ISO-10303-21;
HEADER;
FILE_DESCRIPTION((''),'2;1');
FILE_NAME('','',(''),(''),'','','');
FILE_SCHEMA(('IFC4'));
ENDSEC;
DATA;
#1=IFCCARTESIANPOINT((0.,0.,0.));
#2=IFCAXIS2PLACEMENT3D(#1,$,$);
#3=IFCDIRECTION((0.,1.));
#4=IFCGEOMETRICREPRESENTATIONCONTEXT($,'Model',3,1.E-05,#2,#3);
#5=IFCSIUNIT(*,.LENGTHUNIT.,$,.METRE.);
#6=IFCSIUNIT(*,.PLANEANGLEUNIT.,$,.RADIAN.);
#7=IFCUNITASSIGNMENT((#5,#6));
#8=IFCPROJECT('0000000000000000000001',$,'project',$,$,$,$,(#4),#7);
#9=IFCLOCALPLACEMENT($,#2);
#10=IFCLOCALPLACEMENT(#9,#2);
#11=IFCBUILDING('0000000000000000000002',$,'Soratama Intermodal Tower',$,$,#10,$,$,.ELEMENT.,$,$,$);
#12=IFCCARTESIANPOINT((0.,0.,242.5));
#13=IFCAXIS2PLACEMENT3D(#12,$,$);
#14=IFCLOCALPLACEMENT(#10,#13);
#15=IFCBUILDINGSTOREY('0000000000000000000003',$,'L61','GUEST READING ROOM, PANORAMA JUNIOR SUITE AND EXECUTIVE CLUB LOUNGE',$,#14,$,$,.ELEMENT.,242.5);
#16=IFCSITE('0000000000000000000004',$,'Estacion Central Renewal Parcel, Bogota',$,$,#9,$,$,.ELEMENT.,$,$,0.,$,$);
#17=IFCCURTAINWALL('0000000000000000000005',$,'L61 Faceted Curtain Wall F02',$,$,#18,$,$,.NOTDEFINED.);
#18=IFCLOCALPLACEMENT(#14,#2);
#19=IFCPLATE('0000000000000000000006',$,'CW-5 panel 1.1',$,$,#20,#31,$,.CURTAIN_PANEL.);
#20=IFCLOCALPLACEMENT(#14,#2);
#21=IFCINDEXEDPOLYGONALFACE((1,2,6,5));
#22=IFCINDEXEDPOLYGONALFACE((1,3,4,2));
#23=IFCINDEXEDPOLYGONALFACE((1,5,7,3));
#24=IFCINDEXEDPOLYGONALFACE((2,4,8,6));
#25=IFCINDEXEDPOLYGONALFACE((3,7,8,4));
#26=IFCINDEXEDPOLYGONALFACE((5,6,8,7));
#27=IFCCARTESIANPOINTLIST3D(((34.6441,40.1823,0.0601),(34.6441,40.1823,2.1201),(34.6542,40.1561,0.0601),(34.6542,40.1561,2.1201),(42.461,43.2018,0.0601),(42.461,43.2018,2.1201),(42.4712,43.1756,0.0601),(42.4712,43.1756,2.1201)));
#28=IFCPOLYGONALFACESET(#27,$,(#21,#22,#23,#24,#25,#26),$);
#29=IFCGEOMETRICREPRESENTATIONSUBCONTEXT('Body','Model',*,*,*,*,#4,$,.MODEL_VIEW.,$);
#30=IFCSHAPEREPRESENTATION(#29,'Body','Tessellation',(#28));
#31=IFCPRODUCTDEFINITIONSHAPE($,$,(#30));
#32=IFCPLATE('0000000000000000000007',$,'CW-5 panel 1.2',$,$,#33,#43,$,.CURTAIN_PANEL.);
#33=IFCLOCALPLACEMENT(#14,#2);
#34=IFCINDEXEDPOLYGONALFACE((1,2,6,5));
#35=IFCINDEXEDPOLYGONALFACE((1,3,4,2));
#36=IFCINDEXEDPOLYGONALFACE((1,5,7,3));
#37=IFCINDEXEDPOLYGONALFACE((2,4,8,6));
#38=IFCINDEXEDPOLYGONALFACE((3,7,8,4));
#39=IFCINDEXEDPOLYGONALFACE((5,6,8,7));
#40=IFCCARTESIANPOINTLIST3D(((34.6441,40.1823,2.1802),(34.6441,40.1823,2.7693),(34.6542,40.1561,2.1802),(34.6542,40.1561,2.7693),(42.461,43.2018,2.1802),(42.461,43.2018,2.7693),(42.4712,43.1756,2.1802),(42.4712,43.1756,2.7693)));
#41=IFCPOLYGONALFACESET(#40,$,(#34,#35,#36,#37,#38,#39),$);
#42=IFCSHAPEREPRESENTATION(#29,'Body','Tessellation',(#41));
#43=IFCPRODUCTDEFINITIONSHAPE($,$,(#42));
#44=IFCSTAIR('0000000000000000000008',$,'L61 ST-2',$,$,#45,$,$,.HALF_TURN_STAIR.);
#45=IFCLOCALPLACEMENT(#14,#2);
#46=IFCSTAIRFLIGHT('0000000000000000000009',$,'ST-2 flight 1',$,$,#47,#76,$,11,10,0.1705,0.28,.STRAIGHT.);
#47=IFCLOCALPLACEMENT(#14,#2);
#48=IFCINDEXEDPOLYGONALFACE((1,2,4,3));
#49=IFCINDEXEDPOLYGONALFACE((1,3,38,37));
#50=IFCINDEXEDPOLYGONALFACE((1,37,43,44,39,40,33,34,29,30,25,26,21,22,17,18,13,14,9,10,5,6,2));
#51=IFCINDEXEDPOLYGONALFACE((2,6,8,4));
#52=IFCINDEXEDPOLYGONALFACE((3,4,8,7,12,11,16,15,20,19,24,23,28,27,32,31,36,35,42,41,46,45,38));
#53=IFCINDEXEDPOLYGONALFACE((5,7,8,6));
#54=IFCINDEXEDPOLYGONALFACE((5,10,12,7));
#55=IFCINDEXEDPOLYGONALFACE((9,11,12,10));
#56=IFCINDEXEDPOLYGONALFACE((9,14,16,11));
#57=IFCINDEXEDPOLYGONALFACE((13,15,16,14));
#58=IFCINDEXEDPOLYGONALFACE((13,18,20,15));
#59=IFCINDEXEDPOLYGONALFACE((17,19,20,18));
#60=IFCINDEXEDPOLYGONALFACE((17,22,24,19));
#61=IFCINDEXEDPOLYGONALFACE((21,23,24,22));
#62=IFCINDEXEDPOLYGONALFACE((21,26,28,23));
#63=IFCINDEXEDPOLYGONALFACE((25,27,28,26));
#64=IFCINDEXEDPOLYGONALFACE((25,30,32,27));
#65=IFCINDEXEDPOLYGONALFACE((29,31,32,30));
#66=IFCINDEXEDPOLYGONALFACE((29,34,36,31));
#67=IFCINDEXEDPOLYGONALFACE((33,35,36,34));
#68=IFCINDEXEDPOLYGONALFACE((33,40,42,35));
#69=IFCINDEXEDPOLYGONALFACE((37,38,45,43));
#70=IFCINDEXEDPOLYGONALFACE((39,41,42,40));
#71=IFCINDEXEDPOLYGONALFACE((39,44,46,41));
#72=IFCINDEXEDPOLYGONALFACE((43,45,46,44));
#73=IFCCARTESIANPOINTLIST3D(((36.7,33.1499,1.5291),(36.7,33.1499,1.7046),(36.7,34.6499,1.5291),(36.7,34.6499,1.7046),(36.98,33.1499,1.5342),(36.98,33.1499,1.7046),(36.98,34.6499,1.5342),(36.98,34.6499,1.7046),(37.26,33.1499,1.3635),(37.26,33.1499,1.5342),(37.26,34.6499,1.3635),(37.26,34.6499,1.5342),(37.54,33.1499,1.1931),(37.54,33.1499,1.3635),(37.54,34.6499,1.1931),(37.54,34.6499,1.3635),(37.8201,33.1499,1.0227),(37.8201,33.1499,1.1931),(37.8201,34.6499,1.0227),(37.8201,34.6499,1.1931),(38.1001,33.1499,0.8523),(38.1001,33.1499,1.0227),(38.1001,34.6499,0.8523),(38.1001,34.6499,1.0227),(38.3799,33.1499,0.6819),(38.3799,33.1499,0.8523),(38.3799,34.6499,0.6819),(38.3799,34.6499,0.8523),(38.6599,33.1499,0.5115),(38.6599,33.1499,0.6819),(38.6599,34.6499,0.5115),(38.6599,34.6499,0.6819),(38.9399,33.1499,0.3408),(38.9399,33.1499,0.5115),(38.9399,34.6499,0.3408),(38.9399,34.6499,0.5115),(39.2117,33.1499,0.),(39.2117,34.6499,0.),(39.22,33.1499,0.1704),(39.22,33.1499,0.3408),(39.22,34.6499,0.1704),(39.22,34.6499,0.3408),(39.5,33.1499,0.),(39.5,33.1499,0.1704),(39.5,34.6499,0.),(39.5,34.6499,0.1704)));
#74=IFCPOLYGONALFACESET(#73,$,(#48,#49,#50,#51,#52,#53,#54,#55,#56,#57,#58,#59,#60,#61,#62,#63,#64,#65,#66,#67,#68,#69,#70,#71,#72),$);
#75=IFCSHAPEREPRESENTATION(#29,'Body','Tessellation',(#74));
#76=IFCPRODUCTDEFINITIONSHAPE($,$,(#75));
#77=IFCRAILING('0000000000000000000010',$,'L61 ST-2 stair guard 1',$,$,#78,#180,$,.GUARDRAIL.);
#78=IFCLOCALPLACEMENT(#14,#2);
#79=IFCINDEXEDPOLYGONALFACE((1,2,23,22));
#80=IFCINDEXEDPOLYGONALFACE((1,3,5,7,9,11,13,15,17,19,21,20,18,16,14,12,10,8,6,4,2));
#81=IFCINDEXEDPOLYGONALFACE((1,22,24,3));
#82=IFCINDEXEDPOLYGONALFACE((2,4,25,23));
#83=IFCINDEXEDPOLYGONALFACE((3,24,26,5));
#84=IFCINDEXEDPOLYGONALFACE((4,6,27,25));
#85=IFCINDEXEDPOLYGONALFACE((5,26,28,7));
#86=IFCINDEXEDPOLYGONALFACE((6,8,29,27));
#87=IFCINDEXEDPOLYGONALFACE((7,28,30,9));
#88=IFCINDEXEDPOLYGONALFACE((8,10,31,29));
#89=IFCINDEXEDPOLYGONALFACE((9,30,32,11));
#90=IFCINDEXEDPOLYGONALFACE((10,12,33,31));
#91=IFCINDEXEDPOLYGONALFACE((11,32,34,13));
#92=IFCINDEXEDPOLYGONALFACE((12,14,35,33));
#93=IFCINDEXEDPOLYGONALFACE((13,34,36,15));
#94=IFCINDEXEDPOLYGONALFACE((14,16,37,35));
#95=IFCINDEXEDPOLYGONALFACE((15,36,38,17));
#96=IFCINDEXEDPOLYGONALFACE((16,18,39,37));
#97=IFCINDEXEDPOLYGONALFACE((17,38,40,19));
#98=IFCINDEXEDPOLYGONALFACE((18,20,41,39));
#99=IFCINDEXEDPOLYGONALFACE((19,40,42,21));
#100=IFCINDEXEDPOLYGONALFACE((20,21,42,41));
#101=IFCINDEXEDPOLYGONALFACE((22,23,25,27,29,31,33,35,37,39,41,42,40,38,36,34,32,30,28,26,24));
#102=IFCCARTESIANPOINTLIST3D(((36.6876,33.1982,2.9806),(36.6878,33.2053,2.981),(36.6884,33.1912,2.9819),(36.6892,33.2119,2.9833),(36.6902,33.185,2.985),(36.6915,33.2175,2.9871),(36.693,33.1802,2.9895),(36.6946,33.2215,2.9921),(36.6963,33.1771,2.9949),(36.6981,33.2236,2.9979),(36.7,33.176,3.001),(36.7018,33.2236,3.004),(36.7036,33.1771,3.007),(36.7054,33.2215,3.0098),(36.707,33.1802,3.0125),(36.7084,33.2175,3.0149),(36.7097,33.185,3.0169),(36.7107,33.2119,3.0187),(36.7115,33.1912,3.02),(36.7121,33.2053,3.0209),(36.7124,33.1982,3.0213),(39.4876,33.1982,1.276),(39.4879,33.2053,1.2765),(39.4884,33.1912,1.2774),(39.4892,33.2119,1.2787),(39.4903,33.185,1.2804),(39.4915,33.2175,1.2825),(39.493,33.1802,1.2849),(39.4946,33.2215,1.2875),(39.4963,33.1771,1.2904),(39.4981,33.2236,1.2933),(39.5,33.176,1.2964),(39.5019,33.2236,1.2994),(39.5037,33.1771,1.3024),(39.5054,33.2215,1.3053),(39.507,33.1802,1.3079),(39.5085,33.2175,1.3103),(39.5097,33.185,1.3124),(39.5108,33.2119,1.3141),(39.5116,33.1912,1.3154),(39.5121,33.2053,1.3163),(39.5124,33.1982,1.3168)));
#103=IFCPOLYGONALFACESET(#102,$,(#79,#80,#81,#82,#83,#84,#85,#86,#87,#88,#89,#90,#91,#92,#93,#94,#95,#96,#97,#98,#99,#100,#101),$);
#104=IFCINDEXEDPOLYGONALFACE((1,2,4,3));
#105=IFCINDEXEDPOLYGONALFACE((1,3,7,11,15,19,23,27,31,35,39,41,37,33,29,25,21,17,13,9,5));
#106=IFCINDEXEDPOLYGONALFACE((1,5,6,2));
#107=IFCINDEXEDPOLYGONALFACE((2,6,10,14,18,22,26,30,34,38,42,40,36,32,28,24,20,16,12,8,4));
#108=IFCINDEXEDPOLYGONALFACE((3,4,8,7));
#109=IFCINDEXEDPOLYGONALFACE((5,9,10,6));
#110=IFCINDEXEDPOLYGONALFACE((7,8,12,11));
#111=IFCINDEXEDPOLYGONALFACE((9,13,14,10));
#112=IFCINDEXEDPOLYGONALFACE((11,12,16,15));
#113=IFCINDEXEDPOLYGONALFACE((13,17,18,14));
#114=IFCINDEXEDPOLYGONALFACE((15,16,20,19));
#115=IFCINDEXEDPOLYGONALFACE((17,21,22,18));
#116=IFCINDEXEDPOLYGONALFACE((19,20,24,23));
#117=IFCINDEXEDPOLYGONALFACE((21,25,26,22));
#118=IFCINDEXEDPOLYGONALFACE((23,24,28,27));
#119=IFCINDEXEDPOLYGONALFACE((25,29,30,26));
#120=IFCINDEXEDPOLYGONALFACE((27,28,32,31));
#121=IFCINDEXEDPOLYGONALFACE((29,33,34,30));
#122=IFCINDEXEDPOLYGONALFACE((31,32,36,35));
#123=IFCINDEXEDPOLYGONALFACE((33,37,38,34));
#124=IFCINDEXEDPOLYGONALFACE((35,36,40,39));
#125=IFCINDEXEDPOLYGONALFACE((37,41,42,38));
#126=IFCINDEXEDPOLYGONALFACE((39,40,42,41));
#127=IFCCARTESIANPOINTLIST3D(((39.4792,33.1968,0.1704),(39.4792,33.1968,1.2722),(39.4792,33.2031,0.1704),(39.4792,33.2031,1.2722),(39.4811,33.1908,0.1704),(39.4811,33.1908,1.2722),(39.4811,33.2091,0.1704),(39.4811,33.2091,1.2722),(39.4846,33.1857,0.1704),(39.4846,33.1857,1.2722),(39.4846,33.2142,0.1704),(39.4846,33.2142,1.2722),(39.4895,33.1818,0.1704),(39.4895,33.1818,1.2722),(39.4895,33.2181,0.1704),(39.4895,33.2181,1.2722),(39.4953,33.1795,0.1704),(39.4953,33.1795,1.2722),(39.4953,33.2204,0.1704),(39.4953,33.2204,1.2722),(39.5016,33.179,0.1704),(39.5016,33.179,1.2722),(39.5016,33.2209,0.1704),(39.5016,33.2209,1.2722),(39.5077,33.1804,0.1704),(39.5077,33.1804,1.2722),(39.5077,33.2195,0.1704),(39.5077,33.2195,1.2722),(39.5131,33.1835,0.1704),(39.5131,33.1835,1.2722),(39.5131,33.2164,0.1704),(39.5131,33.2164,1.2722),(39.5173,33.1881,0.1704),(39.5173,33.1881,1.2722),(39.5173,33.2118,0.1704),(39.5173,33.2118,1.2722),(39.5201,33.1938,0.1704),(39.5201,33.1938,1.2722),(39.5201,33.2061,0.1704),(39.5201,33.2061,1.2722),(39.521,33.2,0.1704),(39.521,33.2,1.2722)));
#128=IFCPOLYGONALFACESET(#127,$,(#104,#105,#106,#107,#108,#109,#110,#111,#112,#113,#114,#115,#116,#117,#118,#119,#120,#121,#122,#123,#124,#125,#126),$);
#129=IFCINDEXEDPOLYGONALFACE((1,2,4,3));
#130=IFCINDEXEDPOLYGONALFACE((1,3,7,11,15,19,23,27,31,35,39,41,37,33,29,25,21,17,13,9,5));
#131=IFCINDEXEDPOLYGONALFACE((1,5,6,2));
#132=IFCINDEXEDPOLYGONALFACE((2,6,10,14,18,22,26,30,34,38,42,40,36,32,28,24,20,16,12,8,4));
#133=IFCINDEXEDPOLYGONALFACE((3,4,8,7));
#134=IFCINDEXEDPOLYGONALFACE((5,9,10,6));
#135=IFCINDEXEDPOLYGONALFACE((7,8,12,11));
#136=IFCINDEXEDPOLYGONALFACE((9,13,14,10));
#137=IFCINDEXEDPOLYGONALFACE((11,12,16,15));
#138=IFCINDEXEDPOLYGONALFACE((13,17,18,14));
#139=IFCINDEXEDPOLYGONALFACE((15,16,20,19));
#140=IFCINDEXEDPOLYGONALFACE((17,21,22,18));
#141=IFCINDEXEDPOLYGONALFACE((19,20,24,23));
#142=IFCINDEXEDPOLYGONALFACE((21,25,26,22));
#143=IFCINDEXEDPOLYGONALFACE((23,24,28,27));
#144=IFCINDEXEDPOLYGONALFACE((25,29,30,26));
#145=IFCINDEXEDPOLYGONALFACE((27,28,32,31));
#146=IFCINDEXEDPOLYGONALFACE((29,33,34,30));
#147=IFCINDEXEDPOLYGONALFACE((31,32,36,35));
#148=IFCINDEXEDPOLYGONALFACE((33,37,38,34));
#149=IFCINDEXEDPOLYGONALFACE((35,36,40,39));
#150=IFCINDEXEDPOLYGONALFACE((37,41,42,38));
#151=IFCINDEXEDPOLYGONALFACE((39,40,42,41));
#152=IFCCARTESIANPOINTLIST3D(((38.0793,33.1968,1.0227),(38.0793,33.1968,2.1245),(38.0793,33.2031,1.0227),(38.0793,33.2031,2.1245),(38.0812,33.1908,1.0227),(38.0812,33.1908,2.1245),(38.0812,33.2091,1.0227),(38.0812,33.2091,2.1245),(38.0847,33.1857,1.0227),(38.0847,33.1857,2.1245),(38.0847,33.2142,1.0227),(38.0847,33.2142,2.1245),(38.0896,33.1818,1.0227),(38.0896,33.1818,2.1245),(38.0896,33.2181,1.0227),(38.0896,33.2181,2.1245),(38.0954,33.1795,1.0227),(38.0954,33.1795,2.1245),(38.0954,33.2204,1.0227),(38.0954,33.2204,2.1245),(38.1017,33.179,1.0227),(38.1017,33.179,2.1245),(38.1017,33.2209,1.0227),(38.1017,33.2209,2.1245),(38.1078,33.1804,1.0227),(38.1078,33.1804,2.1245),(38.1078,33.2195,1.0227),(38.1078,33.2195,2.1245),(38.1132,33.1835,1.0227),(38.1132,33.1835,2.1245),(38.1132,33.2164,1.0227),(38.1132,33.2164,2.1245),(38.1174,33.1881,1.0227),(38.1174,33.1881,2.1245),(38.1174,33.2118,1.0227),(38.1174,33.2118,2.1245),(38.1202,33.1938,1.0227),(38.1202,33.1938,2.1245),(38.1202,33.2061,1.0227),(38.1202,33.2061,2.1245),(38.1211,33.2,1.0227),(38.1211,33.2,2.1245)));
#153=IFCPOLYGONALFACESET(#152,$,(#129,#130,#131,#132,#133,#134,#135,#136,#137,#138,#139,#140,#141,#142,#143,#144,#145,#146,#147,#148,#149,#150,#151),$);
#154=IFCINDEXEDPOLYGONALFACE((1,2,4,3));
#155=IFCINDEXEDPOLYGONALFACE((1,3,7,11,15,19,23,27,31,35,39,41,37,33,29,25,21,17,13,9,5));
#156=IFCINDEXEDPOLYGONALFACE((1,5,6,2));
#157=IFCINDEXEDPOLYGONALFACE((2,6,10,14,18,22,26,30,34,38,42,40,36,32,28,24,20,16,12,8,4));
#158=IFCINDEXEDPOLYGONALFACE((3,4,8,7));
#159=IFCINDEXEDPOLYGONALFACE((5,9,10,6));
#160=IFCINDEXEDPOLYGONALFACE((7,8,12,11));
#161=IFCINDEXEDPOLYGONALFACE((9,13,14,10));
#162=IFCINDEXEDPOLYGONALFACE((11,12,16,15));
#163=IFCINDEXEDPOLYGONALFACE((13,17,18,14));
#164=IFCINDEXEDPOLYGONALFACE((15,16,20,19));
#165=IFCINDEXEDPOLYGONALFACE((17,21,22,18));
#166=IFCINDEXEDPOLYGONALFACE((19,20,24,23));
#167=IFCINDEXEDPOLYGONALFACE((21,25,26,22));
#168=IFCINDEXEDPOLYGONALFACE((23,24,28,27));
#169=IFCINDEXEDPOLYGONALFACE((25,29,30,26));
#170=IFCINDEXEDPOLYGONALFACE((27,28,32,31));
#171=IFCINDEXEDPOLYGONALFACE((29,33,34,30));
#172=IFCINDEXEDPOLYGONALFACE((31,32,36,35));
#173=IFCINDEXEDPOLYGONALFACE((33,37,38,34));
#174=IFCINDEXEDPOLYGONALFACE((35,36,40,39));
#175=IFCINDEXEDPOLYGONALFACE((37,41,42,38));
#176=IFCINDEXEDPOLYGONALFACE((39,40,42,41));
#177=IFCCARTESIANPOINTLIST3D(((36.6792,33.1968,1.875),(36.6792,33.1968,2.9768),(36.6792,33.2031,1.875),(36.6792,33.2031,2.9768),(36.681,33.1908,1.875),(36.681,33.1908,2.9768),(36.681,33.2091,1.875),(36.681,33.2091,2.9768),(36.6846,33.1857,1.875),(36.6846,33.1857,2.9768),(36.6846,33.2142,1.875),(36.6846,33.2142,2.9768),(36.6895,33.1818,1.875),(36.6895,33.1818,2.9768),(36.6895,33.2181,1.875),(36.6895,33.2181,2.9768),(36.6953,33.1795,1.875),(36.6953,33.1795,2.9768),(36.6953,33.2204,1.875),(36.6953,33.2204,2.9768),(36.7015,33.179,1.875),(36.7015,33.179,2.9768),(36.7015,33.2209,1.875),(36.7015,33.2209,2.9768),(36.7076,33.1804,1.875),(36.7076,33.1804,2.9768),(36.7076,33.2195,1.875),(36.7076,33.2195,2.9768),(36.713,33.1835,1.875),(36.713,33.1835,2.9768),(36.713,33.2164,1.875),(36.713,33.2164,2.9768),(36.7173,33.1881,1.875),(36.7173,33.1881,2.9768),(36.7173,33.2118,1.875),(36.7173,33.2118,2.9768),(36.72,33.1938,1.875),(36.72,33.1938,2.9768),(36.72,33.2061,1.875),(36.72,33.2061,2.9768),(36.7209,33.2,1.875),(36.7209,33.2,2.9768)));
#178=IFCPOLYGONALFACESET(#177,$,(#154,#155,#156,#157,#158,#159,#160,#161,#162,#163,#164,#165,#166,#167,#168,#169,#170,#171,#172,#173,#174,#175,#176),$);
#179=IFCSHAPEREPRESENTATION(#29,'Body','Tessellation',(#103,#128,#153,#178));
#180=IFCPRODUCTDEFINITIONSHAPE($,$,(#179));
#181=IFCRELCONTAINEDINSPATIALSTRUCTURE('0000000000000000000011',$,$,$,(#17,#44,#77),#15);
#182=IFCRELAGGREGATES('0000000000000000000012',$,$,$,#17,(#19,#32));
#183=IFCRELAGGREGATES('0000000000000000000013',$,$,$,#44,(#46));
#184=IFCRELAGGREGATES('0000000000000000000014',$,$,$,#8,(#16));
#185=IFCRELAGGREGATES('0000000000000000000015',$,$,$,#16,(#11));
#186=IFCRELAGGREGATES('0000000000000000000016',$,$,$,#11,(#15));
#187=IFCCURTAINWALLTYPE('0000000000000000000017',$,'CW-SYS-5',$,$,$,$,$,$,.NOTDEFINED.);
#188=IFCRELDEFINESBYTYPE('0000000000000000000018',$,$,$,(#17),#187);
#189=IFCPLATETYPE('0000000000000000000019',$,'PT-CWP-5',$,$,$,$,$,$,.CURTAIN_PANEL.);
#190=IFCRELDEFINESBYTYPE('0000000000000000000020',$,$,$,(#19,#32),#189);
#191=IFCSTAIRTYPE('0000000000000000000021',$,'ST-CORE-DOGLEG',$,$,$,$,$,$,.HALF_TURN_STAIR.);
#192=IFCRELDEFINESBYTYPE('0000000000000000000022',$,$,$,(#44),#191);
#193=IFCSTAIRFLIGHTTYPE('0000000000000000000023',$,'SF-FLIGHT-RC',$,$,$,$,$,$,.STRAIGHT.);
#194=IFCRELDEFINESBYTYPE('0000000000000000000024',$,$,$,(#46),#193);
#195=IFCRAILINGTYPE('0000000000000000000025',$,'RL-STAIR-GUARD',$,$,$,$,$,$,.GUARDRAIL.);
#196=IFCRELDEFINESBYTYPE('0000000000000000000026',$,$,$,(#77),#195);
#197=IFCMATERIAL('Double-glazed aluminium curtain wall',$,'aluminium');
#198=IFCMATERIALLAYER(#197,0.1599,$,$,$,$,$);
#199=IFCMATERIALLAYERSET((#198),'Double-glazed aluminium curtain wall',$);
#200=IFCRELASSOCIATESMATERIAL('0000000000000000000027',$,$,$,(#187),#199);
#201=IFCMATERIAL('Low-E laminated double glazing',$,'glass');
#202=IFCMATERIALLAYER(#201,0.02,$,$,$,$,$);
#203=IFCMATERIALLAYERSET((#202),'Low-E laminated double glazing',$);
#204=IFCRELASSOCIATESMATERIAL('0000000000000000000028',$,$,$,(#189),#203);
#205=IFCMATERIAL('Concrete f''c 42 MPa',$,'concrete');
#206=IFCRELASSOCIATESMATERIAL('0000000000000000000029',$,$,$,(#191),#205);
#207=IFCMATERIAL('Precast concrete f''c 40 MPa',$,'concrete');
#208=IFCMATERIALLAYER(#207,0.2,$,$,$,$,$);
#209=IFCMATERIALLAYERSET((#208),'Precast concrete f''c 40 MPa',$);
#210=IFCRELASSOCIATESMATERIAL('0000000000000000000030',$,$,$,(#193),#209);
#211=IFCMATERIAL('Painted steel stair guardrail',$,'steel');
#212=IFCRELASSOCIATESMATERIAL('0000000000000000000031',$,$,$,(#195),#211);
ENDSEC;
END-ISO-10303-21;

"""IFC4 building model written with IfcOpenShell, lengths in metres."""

from ifc_helpers import new_model, si_unit, direction, frame, origin, origin_2d, place, context, subcontext, project, spatial, polyline, rectangle, circle, outline, extrude, material, layer, layer_set, type_object, element, aggregate, save


model = new_model("IFC4")

# Units and contexts
model_context = context("Model", 3, precision=1e-05, world=origin(), true_north=direction((0.0, 1.0)))
body_context = subcontext(model_context, "Body", "Model", "MODEL_VIEW")
ifc_project = project(units=[si_unit("LENGTHUNIT", "METRE"), si_unit("PLANEANGLEUNIT", "RADIAN")], contexts=[model_context])

# Site, building, storey
site_placement = place(None, origin())
site = spatial("IfcSite", under=ifc_project, at=site_placement, Name="Estacion Central Renewal Parcel, Bogota", CompositionType="ELEMENT", RefElevation=0.0)
building_placement = place(site_placement, origin())
building = spatial("IfcBuilding", under=site, at=building_placement, Name="Soratama Intermodal Tower", CompositionType="ELEMENT")
storey_placement = place(building_placement, frame((0.0, 0.0, 242.5)))
storey = spatial("IfcBuildingStorey", under=building, at=storey_placement, Name="L61", Description="GUEST READING ROOM, PANORAMA JUNIOR SUITE AND EXECUTIVE CLUB LOUNGE", CompositionType="ELEMENT", Elevation=242.5)

# Curtain wall, plates
ifc_material_1 = material(Name="Double-glazed aluminium curtain wall", Category="aluminium")
ifc_layer_1 = layer(ifc_material_1, 0.1599)
ifc_layer_set_1 = layer_set([ifc_layer_1], Name="Double-glazed aluminium curtain wall")
curtain_wall_type = type_object("IfcCurtainWallType", Name="CW-SYS-5", PredefinedType="NOTDEFINED", material=ifc_layer_set_1)
curtain_wall_placement = place(storey_placement, origin())
curtain_wall = element("IfcCurtainWall", 1, at=curtain_wall_placement, inside=storey, type_object=curtain_wall_type, Name="L61 Faceted Curtain Wall F02", PredefinedType="NOTDEFINED")
ifc_material_2 = material(Name="Low-E laminated double glazing", Category="glass")
ifc_layer_2 = layer(ifc_material_2, 0.02)
ifc_layer_set_2 = layer_set([ifc_layer_2], Name="Low-E laminated double glazing")
plate_type = type_object("IfcPlateType", Name="PT-CWP-5", PredefinedType="CURTAIN_PANEL", material=ifc_layer_set_2)
plate_1_placement = place(storey_placement, frame((38.5576, 41.679, 0.0601), z_axis=(0.0, 0.0, 1.0), x_axis=(-0.932826, -0.360328, 0.0)))
plate_1 = element("IfcPlate", 2, at=plate_1_placement, type_object=plate_type, Name="CW-5 panel 1.1", PredefinedType="CURTAIN_PANEL", context=body_context, shape_type="SweptSolid", body=[
    extrude(rectangle(XDim=8.3799, YDim=0.0281, at=origin_2d()), origin(), (0.0, 0.0, 1.0), 2.0601),
])
plate_2_placement = place(storey_placement, frame((38.5576, 41.679, 2.1802), z_axis=(0.0, 0.0, 1.0), x_axis=(-0.932826, -0.360328, 0.0)))
plate_2 = element("IfcPlate", 3, at=plate_2_placement, type_object=plate_type, Name="CW-5 panel 1.2", PredefinedType="CURTAIN_PANEL", context=body_context, shape_type="SweptSolid", body=[
    extrude(rectangle(XDim=8.3799, YDim=0.0281, at=origin_2d()), origin(), (0.0, 0.0, 1.0), 0.5891),
])
aggregate(curtain_wall, [plate_1, plate_2])

# Stair, stair flight
ifc_material_3 = material(Name="Concrete f'c 42 MPa", Category="concrete")
stair_type = type_object("IfcStairType", Name="ST-CORE-DOGLEG", PredefinedType="HALF_TURN_STAIR", material=ifc_material_3)
stair_placement = place(storey_placement, origin())
stair = element("IfcStair", 4, at=stair_placement, inside=storey, type_object=stair_type, Name="L61 ST-2", PredefinedType="HALF_TURN_STAIR")
ifc_material_4 = material(Name="Precast concrete f'c 40 MPa", Category="concrete")
ifc_layer_3 = layer(ifc_material_4, 0.2)
ifc_layer_set_3 = layer_set([ifc_layer_3], Name="Precast concrete f'c 40 MPa")
stair_flight_type = type_object("IfcStairFlightType", Name="SF-FLIGHT-RC", PredefinedType="STRAIGHT", material=ifc_layer_set_3)
stair_flight_placement = place(storey_placement, frame((39.5, 33.8999, 0.0), z_axis=(0.0, 0.0, 1.0), x_axis=(-1.0, 0.0, 0.0)))
stair_flight = element("IfcStairFlight", 5, at=stair_flight_placement, type_object=stair_flight_type, Name="ST-2 flight 1", NumberOfRisers=11, NumberOfTreads=10, PredefinedType="STRAIGHT", RiserHeight=0.1705, TreadLength=0.28, context=body_context, shape_type="SweptSolid", body=[
    extrude(outline(polyline([(0.0, 0.0), (0.0, 0.1704), (0.28, 0.1704), (0.28, 0.3408), (0.5601, 0.3408), (0.5601, 0.5115), (0.8401, 0.5115), (0.8401, 0.6819), (1.1201, 0.6819), (1.1201, 0.8523), (1.3999, 0.8523), (1.3999, 1.0227), (1.6799, 1.0227), (1.6799, 1.1931), (1.96, 1.1931), (1.96, 1.3635), (2.24, 1.3635), (2.24, 1.5342), (2.52, 1.5342), (2.52, 1.7046), (2.8, 1.7046), (2.8, 1.875), (2.8, 1.5291), (0.2883, 0.0), (0.0, 0.0)])), frame((0.0, 0.75, 0.0), z_axis=(0.0, -1.0, 0.0), x_axis=(1.0, 0.0, 0.0)), (0.0, 0.0, 1.0), 1.5),
])
aggregate(stair, [stair_flight])

# Railing
ifc_material_5 = material(Name="Painted steel stair guardrail", Category="steel")
railing_type_1 = type_object("IfcRailingType", Name="RL-STAIR-GUARD", PredefinedType="GUARDRAIL", material=ifc_material_5)
railing_1_placement = place(storey_placement, frame((39.5, 33.2, 0.1704)))
element("IfcRailing", 6, at=railing_1_placement, inside=storey, type_object=railing_type_1, Name="L61 ST-2 stair guard 1", PredefinedType="GUARDRAIL", context=body_context, shape_type="SweptSolid", body=[
    extrude(circle(Radius=0.0239, at=origin_2d()), frame((0.0, 0.0, 1.126), z_axis=(-0.85417, 0.0, 0.519994), x_axis=(0.0, -1.0, 0.0)), (0.0, 0.0, 1.0), 3.2781),
    extrude(circle(Radius=0.021, at=origin_2d()), origin(), (0.0, 0.0, 1.0), 1.1018),
    extrude(circle(Radius=0.021, at=origin_2d()), frame((-1.3999, 0.0, 0.8523)), (0.0, 0.0, 1.0), 1.1018),
    extrude(circle(Radius=0.021, at=origin_2d()), frame((-2.8, 0.0, 1.7046)), (0.0, 0.0, 1.0), 1.1018),
])

save(model, "model.ifc")
